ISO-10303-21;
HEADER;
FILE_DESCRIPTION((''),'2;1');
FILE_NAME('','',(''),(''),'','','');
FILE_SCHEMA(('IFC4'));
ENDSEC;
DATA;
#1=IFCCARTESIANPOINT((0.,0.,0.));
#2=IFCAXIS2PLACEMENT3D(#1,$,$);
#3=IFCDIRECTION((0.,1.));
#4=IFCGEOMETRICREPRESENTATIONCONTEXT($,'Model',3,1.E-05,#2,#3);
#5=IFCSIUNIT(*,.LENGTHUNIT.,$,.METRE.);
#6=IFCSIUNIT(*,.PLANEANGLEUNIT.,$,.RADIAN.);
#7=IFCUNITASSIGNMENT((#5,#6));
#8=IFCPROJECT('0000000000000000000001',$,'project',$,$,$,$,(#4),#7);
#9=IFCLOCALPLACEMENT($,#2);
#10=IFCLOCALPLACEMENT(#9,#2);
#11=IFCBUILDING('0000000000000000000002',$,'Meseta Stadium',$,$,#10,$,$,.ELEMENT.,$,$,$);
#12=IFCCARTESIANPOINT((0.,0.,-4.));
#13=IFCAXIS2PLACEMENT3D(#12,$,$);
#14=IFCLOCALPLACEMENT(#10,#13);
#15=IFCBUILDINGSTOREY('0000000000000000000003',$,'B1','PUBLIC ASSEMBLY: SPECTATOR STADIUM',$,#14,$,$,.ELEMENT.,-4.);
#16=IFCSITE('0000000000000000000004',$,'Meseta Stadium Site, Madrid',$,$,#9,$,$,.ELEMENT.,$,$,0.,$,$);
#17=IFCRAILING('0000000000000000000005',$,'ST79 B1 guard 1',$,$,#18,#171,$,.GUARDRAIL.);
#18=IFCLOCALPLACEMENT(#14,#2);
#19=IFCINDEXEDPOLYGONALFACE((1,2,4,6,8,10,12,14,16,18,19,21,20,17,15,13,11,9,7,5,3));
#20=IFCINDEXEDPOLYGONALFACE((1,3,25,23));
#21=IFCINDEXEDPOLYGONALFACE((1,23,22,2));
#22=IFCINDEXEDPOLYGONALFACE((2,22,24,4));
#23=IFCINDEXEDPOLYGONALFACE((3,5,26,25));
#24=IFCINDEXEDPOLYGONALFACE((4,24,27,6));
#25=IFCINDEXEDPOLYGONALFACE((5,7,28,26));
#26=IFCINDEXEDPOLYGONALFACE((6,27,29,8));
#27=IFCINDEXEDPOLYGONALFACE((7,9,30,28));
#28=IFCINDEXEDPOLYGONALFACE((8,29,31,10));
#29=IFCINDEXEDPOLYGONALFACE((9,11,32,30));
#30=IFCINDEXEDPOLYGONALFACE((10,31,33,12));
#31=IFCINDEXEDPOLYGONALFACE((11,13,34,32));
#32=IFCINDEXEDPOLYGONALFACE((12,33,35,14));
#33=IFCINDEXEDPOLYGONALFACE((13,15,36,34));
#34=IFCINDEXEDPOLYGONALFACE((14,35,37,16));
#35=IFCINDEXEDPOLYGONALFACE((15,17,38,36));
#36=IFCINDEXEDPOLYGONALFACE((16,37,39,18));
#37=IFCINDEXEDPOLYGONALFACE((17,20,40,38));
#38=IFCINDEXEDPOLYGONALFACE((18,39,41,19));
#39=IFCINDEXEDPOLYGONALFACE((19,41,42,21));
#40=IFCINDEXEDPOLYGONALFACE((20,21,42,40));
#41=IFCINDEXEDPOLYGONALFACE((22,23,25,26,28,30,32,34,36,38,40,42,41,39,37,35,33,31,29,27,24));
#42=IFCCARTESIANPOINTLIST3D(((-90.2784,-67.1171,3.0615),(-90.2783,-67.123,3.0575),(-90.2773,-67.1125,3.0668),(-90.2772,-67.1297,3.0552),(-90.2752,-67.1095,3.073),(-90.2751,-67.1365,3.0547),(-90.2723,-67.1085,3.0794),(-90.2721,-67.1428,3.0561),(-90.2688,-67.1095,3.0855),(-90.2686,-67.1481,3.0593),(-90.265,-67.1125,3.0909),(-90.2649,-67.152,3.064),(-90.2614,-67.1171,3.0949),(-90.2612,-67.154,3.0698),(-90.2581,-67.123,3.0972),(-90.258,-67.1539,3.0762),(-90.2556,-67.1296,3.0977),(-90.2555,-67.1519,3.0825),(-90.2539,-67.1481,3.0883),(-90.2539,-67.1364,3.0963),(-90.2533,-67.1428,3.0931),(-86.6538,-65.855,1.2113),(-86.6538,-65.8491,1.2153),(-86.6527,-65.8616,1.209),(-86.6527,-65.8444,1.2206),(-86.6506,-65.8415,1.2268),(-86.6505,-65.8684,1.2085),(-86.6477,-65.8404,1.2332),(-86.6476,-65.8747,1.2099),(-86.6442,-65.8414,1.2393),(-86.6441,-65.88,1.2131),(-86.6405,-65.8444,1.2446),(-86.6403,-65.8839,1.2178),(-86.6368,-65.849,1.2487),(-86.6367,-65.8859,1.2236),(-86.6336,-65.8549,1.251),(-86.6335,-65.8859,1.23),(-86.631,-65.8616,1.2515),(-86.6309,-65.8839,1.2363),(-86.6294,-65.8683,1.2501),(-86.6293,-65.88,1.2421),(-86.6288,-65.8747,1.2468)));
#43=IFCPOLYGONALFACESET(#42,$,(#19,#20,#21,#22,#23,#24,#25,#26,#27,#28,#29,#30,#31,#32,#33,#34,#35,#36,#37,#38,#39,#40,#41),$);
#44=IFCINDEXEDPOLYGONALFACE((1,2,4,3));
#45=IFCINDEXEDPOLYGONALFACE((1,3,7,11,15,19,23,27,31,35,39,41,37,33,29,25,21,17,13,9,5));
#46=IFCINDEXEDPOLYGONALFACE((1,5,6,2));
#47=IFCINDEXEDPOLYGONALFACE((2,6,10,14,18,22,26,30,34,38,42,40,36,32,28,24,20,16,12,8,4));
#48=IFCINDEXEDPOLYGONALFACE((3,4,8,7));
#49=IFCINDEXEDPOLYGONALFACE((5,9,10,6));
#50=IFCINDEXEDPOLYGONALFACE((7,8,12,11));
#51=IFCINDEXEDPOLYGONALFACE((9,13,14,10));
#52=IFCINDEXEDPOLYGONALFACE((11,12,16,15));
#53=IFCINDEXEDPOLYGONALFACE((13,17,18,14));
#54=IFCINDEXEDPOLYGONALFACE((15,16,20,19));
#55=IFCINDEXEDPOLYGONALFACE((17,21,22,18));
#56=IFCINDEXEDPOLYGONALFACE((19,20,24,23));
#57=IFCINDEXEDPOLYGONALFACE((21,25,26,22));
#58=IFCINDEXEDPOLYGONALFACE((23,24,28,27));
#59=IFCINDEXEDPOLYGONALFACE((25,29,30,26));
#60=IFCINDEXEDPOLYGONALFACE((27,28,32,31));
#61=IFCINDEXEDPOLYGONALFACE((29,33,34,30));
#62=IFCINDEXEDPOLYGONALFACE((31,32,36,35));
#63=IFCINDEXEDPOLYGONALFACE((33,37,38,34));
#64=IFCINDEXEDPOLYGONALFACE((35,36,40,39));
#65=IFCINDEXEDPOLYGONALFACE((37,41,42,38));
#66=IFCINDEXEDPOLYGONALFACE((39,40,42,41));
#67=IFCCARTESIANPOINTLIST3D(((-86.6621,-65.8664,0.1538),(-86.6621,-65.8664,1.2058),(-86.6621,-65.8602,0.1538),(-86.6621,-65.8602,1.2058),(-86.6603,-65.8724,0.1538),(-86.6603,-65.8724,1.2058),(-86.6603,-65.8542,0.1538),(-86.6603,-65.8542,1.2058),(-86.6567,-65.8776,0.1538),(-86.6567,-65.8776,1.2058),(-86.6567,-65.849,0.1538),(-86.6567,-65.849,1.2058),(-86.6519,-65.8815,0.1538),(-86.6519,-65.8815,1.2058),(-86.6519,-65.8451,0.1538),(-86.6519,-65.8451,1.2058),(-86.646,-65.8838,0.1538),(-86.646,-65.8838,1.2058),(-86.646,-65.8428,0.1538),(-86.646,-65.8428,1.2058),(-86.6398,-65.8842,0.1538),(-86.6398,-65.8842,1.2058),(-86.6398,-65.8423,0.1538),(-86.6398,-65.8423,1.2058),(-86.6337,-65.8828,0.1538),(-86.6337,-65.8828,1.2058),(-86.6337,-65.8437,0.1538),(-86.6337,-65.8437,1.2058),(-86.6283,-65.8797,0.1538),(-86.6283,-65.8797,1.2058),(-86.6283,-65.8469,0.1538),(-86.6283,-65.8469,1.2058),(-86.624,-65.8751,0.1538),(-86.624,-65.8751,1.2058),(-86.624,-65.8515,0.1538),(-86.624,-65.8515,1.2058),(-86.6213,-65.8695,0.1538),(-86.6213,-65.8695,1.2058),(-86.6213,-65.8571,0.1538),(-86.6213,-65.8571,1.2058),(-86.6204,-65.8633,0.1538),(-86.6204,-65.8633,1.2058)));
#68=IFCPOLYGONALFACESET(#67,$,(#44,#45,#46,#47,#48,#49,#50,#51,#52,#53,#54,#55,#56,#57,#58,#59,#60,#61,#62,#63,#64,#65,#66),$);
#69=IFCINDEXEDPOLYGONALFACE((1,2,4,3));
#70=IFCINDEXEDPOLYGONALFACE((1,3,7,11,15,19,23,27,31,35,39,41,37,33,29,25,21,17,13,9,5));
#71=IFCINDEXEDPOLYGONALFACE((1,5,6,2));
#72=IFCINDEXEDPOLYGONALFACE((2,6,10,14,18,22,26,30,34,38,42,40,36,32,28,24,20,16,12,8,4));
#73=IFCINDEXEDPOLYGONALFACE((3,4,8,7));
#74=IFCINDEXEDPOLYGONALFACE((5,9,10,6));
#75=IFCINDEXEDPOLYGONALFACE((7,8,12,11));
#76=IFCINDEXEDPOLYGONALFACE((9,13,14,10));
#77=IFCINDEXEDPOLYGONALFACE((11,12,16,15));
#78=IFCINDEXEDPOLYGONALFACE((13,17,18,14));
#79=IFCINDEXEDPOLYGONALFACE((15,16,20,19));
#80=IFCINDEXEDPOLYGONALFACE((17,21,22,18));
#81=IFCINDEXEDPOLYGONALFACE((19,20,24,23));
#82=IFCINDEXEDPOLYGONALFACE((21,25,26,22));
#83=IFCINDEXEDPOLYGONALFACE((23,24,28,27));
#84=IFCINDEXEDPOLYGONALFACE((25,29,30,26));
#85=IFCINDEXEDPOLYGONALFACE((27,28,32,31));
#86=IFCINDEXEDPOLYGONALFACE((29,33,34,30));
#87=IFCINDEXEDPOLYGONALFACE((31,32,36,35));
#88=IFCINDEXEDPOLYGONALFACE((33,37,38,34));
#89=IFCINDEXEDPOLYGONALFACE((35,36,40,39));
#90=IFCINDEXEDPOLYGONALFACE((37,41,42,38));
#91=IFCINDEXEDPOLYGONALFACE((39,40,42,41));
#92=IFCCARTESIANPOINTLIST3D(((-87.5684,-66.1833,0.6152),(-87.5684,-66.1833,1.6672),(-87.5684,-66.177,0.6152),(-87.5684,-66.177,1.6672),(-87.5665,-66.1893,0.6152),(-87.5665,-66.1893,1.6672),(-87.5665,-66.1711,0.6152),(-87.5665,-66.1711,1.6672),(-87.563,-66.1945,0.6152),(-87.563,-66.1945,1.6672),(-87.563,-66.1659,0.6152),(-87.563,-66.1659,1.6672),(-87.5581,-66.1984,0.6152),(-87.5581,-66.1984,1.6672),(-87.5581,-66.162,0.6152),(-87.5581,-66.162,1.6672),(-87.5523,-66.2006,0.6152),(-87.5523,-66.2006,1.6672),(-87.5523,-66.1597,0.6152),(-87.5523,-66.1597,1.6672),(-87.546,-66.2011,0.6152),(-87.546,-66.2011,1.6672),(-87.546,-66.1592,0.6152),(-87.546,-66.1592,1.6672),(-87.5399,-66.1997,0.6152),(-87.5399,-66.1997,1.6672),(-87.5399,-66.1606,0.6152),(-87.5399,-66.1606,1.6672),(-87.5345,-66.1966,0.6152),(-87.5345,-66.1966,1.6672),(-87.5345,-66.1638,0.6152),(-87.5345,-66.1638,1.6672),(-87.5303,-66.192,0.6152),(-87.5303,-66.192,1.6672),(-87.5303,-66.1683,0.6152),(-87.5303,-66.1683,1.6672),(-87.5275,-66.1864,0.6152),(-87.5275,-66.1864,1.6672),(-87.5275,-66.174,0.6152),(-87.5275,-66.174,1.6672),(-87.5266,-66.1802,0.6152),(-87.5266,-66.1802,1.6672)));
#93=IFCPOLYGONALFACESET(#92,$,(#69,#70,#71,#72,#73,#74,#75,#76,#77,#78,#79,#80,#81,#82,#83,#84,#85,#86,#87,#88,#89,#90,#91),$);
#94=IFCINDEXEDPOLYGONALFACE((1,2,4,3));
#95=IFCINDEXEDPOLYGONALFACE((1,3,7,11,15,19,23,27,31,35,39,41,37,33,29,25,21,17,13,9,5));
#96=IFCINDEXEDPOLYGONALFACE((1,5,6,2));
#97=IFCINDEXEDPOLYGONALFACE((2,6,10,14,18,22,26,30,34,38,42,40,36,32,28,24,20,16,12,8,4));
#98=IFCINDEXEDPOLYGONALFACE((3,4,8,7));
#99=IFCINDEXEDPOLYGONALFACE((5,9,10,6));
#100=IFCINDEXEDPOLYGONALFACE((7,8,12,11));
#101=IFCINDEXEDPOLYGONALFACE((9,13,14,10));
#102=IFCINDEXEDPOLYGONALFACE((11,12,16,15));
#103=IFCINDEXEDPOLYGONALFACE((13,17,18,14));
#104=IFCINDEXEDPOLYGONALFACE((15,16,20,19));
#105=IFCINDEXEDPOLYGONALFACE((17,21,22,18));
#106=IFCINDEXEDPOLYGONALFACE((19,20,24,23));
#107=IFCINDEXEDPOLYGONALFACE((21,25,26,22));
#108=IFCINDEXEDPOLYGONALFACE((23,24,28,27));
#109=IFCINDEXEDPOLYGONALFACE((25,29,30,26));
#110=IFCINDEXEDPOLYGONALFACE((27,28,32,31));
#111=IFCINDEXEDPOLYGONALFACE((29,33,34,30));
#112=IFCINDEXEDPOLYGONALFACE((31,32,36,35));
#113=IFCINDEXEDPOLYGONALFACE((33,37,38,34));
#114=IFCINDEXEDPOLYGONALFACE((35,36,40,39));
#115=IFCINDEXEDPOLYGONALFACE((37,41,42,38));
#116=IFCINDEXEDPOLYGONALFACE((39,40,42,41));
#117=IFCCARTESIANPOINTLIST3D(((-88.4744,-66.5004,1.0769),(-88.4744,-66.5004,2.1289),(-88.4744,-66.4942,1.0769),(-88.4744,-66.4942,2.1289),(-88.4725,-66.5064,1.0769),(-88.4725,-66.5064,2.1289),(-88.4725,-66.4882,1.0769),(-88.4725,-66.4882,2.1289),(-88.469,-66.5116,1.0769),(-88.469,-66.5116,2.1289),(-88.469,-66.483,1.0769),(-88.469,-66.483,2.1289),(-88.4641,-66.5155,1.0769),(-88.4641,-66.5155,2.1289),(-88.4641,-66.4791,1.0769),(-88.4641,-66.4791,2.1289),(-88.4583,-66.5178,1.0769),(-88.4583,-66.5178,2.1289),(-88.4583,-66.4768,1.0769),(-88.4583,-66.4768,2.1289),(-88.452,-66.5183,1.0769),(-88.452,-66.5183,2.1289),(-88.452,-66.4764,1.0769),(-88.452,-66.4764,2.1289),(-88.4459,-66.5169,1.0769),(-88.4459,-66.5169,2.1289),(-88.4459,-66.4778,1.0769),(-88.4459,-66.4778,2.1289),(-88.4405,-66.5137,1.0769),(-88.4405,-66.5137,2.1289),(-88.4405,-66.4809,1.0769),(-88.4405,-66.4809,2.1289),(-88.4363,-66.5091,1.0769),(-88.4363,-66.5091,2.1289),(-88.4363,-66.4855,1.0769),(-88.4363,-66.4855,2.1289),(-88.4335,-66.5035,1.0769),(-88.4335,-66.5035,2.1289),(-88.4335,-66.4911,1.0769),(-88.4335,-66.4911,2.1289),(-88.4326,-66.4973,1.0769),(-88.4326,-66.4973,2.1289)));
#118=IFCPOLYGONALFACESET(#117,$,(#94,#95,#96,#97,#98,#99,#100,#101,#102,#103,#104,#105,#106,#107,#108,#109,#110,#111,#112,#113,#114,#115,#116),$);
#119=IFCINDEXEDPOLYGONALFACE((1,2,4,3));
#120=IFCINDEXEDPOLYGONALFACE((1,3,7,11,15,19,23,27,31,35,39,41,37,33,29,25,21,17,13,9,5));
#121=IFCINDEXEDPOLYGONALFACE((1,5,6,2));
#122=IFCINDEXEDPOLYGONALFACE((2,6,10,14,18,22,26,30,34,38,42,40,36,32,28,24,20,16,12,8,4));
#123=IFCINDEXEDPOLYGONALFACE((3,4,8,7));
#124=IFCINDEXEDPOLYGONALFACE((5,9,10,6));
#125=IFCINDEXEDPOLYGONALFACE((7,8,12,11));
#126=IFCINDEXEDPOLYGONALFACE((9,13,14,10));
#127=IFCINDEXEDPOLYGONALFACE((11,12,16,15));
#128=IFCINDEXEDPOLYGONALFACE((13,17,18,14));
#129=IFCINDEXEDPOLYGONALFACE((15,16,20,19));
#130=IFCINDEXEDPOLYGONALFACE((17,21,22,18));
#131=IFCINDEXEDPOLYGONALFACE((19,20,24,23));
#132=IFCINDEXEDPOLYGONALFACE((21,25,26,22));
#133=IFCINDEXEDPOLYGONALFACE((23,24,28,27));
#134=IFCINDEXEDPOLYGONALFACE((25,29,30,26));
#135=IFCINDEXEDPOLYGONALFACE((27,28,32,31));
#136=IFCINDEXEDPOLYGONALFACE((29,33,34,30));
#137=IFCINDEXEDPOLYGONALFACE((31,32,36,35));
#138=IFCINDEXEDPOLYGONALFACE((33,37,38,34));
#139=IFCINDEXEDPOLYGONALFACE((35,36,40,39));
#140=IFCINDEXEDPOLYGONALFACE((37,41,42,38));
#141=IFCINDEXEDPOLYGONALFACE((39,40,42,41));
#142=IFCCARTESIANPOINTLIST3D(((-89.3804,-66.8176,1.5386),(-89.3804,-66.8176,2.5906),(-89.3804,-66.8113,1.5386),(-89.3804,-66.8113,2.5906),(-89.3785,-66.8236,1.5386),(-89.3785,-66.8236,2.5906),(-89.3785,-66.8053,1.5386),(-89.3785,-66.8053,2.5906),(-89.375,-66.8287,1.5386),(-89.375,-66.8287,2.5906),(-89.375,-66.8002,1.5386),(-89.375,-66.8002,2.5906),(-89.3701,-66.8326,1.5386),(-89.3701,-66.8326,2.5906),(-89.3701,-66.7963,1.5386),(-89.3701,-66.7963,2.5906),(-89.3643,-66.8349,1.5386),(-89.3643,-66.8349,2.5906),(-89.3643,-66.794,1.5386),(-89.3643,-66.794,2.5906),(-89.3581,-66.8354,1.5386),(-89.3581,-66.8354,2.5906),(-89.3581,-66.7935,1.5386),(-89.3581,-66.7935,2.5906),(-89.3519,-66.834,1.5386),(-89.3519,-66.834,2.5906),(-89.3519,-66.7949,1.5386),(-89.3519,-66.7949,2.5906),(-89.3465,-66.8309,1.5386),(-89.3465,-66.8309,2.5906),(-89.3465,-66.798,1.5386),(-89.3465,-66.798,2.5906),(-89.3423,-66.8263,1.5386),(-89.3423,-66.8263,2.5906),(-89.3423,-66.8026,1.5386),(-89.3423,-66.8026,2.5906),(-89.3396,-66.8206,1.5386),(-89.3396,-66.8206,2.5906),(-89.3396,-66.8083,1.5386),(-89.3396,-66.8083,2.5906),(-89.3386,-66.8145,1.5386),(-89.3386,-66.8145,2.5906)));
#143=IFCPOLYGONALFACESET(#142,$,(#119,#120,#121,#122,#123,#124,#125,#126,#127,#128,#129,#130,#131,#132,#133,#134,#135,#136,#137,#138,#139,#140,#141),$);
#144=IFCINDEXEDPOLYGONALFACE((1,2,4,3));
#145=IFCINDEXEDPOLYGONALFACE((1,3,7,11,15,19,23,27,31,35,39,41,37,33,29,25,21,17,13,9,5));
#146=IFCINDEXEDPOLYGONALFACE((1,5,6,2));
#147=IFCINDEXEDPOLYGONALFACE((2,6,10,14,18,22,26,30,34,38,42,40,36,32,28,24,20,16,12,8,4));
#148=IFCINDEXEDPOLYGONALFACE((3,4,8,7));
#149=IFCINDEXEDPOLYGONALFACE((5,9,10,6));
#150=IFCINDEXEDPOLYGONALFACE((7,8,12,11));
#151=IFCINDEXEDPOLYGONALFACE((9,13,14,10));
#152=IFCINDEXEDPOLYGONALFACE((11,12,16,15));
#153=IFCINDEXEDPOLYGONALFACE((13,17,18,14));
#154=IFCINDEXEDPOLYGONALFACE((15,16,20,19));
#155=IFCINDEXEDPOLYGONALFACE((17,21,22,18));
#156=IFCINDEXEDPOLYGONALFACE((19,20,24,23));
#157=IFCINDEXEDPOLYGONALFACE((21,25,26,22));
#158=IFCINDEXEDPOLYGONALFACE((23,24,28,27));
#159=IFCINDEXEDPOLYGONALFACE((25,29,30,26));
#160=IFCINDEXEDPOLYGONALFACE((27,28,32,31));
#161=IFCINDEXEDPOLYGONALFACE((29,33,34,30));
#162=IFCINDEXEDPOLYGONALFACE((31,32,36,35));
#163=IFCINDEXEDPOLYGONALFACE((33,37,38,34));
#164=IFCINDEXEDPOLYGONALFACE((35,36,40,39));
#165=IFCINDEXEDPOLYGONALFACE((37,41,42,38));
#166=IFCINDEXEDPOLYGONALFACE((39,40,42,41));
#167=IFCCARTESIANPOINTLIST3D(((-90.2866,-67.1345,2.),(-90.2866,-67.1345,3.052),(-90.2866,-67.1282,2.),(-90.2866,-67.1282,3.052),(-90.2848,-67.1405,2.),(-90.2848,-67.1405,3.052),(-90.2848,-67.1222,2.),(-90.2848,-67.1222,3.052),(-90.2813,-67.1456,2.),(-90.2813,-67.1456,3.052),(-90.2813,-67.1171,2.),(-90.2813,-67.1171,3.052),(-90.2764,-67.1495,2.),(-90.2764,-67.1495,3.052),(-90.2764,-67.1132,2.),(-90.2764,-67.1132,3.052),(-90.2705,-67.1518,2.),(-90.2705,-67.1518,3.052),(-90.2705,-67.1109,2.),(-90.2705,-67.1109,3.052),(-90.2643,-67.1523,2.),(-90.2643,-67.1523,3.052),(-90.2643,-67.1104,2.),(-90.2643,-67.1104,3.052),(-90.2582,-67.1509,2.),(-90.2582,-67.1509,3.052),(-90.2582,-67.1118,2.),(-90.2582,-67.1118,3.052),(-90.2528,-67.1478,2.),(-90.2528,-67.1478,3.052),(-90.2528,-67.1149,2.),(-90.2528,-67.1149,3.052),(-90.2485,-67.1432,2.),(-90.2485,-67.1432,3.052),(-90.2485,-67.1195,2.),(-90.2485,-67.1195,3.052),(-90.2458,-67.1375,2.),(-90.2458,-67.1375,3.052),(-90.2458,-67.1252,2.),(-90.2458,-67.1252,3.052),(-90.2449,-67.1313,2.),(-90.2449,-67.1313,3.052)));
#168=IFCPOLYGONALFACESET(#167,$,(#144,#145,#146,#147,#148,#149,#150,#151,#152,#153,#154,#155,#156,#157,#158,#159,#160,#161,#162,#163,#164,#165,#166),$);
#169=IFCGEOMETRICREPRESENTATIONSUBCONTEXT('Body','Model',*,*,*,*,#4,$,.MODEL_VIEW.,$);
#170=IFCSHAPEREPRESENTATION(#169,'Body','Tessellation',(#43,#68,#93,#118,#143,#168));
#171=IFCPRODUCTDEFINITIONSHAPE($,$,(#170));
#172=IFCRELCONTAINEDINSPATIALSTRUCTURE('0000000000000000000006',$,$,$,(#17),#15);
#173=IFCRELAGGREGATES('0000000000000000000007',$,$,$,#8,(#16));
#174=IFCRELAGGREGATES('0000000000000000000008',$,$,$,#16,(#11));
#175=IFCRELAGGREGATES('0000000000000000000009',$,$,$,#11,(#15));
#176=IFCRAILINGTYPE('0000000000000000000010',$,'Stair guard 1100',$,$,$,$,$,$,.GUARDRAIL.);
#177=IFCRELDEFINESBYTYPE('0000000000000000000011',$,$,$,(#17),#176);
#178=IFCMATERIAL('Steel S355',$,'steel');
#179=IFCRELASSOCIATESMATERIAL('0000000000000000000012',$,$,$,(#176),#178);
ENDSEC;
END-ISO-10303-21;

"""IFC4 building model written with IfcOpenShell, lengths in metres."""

from ifc_helpers import new_model, si_unit, direction, frame, origin, origin_2d, place, context, subcontext, project, spatial, circle, extrude, material, type_object, element, save


model = new_model("IFC4")

# Units and contexts
model_context = context("Model", 3, precision=1e-05, world=origin(), true_north=direction((0.0, 1.0)))
body_context = subcontext(model_context, "Body", "Model", "MODEL_VIEW")
ifc_project = project(units=[si_unit("LENGTHUNIT", "METRE"), si_unit("PLANEANGLEUNIT", "RADIAN")], contexts=[model_context])

# Site, building, storey
site_placement = place(None, origin())
site = spatial("IfcSite", under=ifc_project, at=site_placement, Name="Meseta Stadium Site, Madrid", CompositionType="ELEMENT", RefElevation=0.0)
building_placement = place(site_placement, origin())
building = spatial("IfcBuilding", under=site, at=building_placement, Name="Meseta Stadium", CompositionType="ELEMENT")
storey_placement = place(building_placement, frame((0.0, 0.0, -4.0)))
storey = spatial("IfcBuildingStorey", under=building, at=storey_placement, Name="B1", Description="PUBLIC ASSEMBLY: SPECTATOR STADIUM", CompositionType="ELEMENT", Elevation=-4.0)

# Railing
ifc_material_1 = material(Name="Steel S355", Category="steel")
railing_type_1 = type_object("IfcRailingType", Name="Stair guard 1100", PredefinedType="GUARDRAIL", material=ifc_material_1)
railing_1_placement = place(storey_placement, frame((-86.6414, -65.8633, 0.1538)))
element("IfcRailing", 1, at=railing_1_placement, inside=storey, type_object=railing_type_1, Name="ST79 B1 guard 1", PredefinedType="GUARDRAIL", context=body_context, shape_type="SweptSolid", body=[
    extrude(circle(Radius=0.0239, at=origin_2d()), frame((0.0, 0.0, 1.0762), z_axis=(-0.850686, -0.29762, 0.433308), x_axis=(0.330231, -0.9439, 0.0)), (0.0, 0.0, 1.0), 4.2607),
    extrude(circle(Radius=0.021, at=origin_2d()), origin(), (0.0, 0.0, 1.0), 1.052),
    extrude(circle(Radius=0.021, at=origin_2d()), frame((-0.9062, -0.3169, 0.4614)), (0.0, 0.0, 1.0), 1.052),
    extrude(circle(Radius=0.021, at=origin_2d()), frame((-1.8123, -0.634, 0.9231)), (0.0, 0.0, 1.0), 1.052),
    extrude(circle(Radius=0.021, at=origin_2d()), frame((-2.7183, -0.9512, 1.3848)), (0.0, 0.0, 1.0), 1.052),
    extrude(circle(Radius=0.021, at=origin_2d()), frame((-3.6245, -1.2681, 1.8462)), (0.0, 0.0, 1.0), 1.052),
])

save(model, "model.ifc")
